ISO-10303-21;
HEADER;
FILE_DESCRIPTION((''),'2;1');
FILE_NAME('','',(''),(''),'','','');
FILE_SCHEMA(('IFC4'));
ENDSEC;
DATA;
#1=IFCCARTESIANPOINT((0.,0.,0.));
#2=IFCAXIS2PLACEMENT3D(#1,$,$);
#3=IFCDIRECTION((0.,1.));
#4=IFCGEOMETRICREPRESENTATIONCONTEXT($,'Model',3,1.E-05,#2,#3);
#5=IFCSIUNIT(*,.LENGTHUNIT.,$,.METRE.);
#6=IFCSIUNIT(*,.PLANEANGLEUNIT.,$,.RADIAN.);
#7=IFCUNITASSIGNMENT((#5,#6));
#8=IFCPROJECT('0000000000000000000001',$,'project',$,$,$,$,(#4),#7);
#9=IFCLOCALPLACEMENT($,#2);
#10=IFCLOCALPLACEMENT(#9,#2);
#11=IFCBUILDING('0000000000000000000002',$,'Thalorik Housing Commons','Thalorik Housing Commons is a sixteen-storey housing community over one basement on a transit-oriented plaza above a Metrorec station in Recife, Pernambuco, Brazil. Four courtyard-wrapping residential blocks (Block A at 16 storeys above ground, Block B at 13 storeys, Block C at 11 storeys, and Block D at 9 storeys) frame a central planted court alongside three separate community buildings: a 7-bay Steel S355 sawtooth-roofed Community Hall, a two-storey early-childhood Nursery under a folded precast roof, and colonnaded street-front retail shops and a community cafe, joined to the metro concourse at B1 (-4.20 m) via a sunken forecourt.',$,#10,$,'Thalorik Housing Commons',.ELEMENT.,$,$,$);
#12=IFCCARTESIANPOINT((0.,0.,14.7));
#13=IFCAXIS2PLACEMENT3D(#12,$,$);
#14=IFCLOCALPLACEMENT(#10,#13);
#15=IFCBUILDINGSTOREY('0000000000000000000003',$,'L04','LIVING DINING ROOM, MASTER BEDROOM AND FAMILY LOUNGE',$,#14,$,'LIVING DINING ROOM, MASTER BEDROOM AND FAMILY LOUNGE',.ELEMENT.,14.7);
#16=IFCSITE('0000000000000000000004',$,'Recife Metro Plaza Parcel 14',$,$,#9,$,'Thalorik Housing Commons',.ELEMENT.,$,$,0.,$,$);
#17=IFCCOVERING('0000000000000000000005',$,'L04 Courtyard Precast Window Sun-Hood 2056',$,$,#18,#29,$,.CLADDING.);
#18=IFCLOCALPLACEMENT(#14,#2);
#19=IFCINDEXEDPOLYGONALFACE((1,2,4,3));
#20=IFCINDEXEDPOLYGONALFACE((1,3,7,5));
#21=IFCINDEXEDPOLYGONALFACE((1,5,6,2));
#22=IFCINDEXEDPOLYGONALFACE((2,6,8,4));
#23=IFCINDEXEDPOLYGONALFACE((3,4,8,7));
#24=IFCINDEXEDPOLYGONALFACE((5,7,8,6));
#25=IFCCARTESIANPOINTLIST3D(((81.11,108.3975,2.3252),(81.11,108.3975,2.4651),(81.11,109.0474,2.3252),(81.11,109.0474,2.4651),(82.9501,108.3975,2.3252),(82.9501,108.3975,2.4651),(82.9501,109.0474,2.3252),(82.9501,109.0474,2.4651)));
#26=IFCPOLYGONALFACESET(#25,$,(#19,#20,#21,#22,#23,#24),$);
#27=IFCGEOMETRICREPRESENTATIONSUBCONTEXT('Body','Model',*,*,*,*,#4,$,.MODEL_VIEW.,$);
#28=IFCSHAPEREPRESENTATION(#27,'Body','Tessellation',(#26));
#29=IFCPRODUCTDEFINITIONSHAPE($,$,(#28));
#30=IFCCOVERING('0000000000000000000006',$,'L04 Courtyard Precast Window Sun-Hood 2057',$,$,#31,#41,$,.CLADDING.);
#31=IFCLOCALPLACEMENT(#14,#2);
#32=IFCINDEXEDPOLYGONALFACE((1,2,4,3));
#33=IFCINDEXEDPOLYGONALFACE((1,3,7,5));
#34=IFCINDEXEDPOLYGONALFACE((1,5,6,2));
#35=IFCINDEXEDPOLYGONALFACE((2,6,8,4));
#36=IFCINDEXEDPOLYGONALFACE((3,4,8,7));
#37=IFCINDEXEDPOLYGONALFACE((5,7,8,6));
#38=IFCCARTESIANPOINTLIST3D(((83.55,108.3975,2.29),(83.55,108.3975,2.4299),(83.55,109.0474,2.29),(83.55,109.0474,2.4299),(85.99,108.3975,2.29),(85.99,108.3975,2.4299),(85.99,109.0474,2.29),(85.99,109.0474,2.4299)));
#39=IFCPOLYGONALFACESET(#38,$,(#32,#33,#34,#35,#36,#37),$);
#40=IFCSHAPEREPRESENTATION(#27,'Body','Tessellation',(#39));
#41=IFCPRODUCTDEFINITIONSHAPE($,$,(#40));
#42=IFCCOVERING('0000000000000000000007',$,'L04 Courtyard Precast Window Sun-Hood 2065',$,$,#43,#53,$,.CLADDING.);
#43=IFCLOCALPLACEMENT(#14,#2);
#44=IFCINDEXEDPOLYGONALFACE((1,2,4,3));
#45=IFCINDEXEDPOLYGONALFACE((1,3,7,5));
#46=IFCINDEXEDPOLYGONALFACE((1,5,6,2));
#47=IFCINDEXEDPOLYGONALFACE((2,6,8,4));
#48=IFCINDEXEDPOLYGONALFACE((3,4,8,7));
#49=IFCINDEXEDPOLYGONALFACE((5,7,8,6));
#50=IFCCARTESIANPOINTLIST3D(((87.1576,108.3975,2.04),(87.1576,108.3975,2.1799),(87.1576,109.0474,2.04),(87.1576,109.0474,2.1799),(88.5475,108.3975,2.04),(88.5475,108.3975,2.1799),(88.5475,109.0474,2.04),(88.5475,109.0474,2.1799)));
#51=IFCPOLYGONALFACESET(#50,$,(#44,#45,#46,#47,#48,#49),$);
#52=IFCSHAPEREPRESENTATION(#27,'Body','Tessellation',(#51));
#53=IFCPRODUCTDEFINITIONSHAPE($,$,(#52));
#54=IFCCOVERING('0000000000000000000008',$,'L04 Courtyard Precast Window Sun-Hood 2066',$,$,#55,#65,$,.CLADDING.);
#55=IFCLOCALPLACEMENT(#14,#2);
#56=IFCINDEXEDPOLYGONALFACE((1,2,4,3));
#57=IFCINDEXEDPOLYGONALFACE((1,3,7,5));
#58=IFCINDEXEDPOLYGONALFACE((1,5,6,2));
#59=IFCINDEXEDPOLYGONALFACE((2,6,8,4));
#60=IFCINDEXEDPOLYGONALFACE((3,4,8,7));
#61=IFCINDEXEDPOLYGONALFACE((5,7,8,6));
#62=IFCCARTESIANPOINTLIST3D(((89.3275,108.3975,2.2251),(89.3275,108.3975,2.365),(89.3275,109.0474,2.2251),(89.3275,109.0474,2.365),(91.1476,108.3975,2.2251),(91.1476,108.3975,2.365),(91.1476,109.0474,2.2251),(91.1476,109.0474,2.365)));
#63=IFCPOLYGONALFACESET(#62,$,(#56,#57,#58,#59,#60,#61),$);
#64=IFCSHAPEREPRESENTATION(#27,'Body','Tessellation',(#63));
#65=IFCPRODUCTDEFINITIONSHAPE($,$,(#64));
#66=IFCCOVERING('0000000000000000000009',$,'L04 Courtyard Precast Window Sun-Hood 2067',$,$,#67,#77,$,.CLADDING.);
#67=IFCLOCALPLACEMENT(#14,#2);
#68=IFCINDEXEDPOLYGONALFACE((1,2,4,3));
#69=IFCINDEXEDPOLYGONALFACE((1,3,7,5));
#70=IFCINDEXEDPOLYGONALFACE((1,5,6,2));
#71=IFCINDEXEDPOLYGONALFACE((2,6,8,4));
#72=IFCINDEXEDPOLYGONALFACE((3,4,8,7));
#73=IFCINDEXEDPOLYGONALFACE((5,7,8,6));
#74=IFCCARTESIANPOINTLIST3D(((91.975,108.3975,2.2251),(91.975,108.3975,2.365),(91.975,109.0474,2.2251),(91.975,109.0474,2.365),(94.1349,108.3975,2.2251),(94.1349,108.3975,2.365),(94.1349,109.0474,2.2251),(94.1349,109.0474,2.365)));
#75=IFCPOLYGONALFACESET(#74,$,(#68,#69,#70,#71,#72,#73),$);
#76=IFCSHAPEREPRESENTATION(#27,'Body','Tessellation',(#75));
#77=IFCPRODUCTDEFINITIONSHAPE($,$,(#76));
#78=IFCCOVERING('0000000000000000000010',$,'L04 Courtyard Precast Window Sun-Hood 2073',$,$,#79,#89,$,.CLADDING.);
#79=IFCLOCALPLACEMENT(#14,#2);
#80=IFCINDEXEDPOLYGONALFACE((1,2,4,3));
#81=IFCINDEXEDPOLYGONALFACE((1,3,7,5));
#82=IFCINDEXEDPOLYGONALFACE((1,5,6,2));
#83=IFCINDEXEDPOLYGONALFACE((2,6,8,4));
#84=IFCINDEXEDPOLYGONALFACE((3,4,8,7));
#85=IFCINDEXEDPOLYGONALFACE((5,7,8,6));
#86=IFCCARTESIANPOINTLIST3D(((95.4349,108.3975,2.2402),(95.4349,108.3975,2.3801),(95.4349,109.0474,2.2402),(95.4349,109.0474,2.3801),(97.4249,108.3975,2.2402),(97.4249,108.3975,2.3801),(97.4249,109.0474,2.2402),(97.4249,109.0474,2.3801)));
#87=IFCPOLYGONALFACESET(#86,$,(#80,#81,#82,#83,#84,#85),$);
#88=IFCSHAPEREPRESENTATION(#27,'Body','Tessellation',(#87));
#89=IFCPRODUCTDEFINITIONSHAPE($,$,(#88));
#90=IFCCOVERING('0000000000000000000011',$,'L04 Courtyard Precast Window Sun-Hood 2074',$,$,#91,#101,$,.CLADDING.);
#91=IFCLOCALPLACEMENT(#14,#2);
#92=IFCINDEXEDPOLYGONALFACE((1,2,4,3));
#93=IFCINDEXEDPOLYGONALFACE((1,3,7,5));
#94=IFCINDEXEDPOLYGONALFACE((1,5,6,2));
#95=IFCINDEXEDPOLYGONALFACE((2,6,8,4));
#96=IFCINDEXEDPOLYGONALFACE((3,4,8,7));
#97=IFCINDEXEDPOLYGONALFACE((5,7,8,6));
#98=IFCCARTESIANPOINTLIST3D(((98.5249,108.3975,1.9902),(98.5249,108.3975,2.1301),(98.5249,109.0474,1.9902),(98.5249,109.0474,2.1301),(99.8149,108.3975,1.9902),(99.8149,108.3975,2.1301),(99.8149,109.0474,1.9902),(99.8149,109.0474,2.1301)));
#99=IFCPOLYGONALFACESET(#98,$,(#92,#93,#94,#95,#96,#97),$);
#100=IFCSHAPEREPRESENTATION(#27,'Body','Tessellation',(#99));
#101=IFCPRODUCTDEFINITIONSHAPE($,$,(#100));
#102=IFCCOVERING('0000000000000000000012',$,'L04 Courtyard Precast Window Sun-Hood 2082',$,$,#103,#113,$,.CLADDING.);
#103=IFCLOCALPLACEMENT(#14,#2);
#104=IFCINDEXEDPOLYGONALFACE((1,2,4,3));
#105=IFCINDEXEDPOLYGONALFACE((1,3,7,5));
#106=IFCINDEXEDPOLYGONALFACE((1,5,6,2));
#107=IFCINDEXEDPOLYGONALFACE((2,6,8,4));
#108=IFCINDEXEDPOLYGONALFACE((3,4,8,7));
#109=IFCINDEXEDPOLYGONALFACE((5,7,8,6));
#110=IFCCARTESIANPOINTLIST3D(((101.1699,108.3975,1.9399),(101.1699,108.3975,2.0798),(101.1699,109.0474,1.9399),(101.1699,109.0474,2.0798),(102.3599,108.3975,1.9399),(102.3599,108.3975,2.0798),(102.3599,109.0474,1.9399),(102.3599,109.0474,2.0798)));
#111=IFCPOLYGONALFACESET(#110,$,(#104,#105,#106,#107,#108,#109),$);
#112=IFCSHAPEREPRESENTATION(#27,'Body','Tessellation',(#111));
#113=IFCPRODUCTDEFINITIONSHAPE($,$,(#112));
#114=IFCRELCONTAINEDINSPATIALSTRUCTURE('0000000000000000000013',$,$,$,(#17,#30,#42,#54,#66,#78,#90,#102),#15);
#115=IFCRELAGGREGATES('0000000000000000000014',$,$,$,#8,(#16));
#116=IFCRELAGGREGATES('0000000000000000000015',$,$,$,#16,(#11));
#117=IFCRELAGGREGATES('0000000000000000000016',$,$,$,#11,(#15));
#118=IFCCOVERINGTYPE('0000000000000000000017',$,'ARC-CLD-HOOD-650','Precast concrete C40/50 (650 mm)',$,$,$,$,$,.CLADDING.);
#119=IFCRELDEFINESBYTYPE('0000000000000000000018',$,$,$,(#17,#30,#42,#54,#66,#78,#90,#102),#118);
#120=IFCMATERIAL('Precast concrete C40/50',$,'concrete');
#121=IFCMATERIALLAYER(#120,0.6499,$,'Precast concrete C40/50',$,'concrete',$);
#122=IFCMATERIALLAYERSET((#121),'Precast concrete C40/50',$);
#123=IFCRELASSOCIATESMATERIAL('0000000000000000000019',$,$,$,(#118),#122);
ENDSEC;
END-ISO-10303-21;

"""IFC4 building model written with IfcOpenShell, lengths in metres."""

from ifc_helpers import new_model, si_unit, direction, frame, origin, origin_2d, place, context, subcontext, project, spatial, rectangle, extrude, material, layer, layer_set, type_object, element, save


model = new_model("IFC4")

# Units and contexts
model_context = context("Model", 3, precision=1e-05, world=origin(), true_north=direction((0.0, 1.0)))
body_context = subcontext(model_context, "Body", "Model", "MODEL_VIEW")
ifc_project = project(units=[si_unit("LENGTHUNIT", "METRE"), si_unit("PLANEANGLEUNIT", "RADIAN")], contexts=[model_context])

# Site, building, storey
site_placement = place(None, origin())
site = spatial("IfcSite", under=ifc_project, at=site_placement, Name="Recife Metro Plaza Parcel 14", LongName="Thalorik Housing Commons", CompositionType="ELEMENT", RefElevation=0.0)
building_placement = place(site_placement, origin())
building = spatial("IfcBuilding", under=site, at=building_placement, Name="Thalorik Housing Commons", Description="Thalorik Housing Commons is a sixteen-storey housing community over one basement on a transit-oriented plaza above a Metrorec station in Recife, Pernambuco, Brazil. Four courtyard-wrapping residential blocks (Block A at 16 storeys above ground, Block B at 13 storeys, Block C at 11 storeys, and Block D at 9 storeys) frame a central planted court alongside three separate community buildings: a 7-bay Steel S355 sawtooth-roofed Community Hall, a two-storey early-childhood Nursery under a folded precast roof, and colonnaded street-front retail shops and a community cafe, joined to the metro concourse at B1 (-4.20 m) via a sunken forecourt.", LongName="Thalorik Housing Commons", CompositionType="ELEMENT")
storey_placement = place(building_placement, frame((0.0, 0.0, 14.7)))
storey = spatial("IfcBuildingStorey", under=building, at=storey_placement, Name="L04", Description="LIVING DINING ROOM, MASTER BEDROOM AND FAMILY LOUNGE", LongName="LIVING DINING ROOM, MASTER BEDROOM AND FAMILY LOUNGE", CompositionType="ELEMENT", Elevation=14.7)

# Coverings
ifc_material = material(Name="Precast concrete C40/50", Category="concrete")
ifc_layer_1 = layer(ifc_material, 0.6499, Name="Precast concrete C40/50", Category="concrete")
ifc_layer_set_1 = layer_set([ifc_layer_1], Name="Precast concrete C40/50")
covering_type_1 = type_object("IfcCoveringType", Name="ARC-CLD-HOOD-650", Description="Precast concrete C40/50 (650 mm)", PredefinedType="CLADDING", material=ifc_layer_set_1)
covering_1_placement = place(storey_placement, frame((82.03, 108.7224, 2.3252), z_axis=(0.0, 0.0, 1.0), x_axis=(1.0, 0.0, 0.0)))
element("IfcCovering", 1, at=covering_1_placement, inside=storey, type_object=covering_type_1, Name="L04 Courtyard Precast Window Sun-Hood 2056", PredefinedType="CLADDING", context=body_context, shape_type="SweptSolid", body=[
    extrude(rectangle(XDim=1.8401, YDim=0.6499, at=origin_2d()), origin(), (0.0, 0.0, 1.0), 0.1399),
])
covering_2_placement = place(storey_placement, frame((84.77, 108.7224, 2.29), z_axis=(0.0, 0.0, 1.0), x_axis=(1.0, 0.0, 0.0)))
element("IfcCovering", 2, at=covering_2_placement, inside=storey, type_object=covering_type_1, Name="L04 Courtyard Precast Window Sun-Hood 2057", PredefinedType="CLADDING", context=body_context, shape_type="SweptSolid", body=[
    extrude(rectangle(XDim=2.4399, YDim=0.6499, at=origin_2d()), origin(), (0.0, 0.0, 1.0), 0.1399),
])
covering_3_placement = place(storey_placement, frame((87.8525, 108.7224, 2.04), z_axis=(0.0, 0.0, 1.0), x_axis=(1.0, 0.0, 0.0)))
element("IfcCovering", 3, at=covering_3_placement, inside=storey, type_object=covering_type_1, Name="L04 Courtyard Precast Window Sun-Hood 2065", PredefinedType="CLADDING", context=body_context, shape_type="SweptSolid", body=[
    extrude(rectangle(XDim=1.3899, YDim=0.6499, at=origin_2d()), origin(), (0.0, 0.0, 1.0), 0.1399),
])
covering_4_placement = place(storey_placement, frame((90.2375, 108.7224, 2.2251), z_axis=(0.0, 0.0, 1.0), x_axis=(1.0, 0.0, 0.0)))
element("IfcCovering", 4, at=covering_4_placement, inside=storey, type_object=covering_type_1, Name="L04 Courtyard Precast Window Sun-Hood 2066", PredefinedType="CLADDING", context=body_context, shape_type="SweptSolid", body=[
    extrude(rectangle(XDim=1.8201, YDim=0.6499, at=origin_2d()), origin(), (0.0, 0.0, 1.0), 0.1399),
])
covering_5_placement = place(storey_placement, frame((93.0549, 108.7224, 2.2251), z_axis=(0.0, 0.0, 1.0), x_axis=(1.0, 0.0, 0.0)))
element("IfcCovering", 5, at=covering_5_placement, inside=storey, type_object=covering_type_1, Name="L04 Courtyard Precast Window Sun-Hood 2067", PredefinedType="CLADDING", context=body_context, shape_type="SweptSolid", body=[
    extrude(rectangle(XDim=2.1599, YDim=0.6499, at=origin_2d()), origin(), (0.0, 0.0, 1.0), 0.1399),
])
covering_6_placement = place(storey_placement, frame((96.4299, 108.7224, 2.2402), z_axis=(0.0, 0.0, 1.0), x_axis=(1.0, 0.0, 0.0)))
element("IfcCovering", 6, at=covering_6_placement, inside=storey, type_object=covering_type_1, Name="L04 Courtyard Precast Window Sun-Hood 2073", PredefinedType="CLADDING", context=body_context, shape_type="SweptSolid", body=[
    extrude(rectangle(XDim=1.99, YDim=0.6499, at=origin_2d()), origin(), (0.0, 0.0, 1.0), 0.1399),
])
covering_7_placement = place(storey_placement, frame((99.1699, 108.7224, 1.9902), z_axis=(0.0, 0.0, 1.0), x_axis=(1.0, 0.0, 0.0)))
element("IfcCovering", 7, at=covering_7_placement, inside=storey, type_object=covering_type_1, Name="L04 Courtyard Precast Window Sun-Hood 2074", PredefinedType="CLADDING", context=body_context, shape_type="SweptSolid", body=[
    extrude(rectangle(XDim=1.29, YDim=0.6499, at=origin_2d()), origin(), (0.0, 0.0, 1.0), 0.1399),
])
covering_8_placement = place(storey_placement, frame((101.7649, 108.7224, 1.9399), z_axis=(0.0, 0.0, 1.0), x_axis=(1.0, 0.0, 0.0)))
element("IfcCovering", 8, at=covering_8_placement, inside=storey, type_object=covering_type_1, Name="L04 Courtyard Precast Window Sun-Hood 2082", PredefinedType="CLADDING", context=body_context, shape_type="SweptSolid", body=[
    extrude(rectangle(XDim=1.1899, YDim=0.6499, at=origin_2d()), origin(), (0.0, 0.0, 1.0), 0.1399),
])

save(model, "model.ifc")
